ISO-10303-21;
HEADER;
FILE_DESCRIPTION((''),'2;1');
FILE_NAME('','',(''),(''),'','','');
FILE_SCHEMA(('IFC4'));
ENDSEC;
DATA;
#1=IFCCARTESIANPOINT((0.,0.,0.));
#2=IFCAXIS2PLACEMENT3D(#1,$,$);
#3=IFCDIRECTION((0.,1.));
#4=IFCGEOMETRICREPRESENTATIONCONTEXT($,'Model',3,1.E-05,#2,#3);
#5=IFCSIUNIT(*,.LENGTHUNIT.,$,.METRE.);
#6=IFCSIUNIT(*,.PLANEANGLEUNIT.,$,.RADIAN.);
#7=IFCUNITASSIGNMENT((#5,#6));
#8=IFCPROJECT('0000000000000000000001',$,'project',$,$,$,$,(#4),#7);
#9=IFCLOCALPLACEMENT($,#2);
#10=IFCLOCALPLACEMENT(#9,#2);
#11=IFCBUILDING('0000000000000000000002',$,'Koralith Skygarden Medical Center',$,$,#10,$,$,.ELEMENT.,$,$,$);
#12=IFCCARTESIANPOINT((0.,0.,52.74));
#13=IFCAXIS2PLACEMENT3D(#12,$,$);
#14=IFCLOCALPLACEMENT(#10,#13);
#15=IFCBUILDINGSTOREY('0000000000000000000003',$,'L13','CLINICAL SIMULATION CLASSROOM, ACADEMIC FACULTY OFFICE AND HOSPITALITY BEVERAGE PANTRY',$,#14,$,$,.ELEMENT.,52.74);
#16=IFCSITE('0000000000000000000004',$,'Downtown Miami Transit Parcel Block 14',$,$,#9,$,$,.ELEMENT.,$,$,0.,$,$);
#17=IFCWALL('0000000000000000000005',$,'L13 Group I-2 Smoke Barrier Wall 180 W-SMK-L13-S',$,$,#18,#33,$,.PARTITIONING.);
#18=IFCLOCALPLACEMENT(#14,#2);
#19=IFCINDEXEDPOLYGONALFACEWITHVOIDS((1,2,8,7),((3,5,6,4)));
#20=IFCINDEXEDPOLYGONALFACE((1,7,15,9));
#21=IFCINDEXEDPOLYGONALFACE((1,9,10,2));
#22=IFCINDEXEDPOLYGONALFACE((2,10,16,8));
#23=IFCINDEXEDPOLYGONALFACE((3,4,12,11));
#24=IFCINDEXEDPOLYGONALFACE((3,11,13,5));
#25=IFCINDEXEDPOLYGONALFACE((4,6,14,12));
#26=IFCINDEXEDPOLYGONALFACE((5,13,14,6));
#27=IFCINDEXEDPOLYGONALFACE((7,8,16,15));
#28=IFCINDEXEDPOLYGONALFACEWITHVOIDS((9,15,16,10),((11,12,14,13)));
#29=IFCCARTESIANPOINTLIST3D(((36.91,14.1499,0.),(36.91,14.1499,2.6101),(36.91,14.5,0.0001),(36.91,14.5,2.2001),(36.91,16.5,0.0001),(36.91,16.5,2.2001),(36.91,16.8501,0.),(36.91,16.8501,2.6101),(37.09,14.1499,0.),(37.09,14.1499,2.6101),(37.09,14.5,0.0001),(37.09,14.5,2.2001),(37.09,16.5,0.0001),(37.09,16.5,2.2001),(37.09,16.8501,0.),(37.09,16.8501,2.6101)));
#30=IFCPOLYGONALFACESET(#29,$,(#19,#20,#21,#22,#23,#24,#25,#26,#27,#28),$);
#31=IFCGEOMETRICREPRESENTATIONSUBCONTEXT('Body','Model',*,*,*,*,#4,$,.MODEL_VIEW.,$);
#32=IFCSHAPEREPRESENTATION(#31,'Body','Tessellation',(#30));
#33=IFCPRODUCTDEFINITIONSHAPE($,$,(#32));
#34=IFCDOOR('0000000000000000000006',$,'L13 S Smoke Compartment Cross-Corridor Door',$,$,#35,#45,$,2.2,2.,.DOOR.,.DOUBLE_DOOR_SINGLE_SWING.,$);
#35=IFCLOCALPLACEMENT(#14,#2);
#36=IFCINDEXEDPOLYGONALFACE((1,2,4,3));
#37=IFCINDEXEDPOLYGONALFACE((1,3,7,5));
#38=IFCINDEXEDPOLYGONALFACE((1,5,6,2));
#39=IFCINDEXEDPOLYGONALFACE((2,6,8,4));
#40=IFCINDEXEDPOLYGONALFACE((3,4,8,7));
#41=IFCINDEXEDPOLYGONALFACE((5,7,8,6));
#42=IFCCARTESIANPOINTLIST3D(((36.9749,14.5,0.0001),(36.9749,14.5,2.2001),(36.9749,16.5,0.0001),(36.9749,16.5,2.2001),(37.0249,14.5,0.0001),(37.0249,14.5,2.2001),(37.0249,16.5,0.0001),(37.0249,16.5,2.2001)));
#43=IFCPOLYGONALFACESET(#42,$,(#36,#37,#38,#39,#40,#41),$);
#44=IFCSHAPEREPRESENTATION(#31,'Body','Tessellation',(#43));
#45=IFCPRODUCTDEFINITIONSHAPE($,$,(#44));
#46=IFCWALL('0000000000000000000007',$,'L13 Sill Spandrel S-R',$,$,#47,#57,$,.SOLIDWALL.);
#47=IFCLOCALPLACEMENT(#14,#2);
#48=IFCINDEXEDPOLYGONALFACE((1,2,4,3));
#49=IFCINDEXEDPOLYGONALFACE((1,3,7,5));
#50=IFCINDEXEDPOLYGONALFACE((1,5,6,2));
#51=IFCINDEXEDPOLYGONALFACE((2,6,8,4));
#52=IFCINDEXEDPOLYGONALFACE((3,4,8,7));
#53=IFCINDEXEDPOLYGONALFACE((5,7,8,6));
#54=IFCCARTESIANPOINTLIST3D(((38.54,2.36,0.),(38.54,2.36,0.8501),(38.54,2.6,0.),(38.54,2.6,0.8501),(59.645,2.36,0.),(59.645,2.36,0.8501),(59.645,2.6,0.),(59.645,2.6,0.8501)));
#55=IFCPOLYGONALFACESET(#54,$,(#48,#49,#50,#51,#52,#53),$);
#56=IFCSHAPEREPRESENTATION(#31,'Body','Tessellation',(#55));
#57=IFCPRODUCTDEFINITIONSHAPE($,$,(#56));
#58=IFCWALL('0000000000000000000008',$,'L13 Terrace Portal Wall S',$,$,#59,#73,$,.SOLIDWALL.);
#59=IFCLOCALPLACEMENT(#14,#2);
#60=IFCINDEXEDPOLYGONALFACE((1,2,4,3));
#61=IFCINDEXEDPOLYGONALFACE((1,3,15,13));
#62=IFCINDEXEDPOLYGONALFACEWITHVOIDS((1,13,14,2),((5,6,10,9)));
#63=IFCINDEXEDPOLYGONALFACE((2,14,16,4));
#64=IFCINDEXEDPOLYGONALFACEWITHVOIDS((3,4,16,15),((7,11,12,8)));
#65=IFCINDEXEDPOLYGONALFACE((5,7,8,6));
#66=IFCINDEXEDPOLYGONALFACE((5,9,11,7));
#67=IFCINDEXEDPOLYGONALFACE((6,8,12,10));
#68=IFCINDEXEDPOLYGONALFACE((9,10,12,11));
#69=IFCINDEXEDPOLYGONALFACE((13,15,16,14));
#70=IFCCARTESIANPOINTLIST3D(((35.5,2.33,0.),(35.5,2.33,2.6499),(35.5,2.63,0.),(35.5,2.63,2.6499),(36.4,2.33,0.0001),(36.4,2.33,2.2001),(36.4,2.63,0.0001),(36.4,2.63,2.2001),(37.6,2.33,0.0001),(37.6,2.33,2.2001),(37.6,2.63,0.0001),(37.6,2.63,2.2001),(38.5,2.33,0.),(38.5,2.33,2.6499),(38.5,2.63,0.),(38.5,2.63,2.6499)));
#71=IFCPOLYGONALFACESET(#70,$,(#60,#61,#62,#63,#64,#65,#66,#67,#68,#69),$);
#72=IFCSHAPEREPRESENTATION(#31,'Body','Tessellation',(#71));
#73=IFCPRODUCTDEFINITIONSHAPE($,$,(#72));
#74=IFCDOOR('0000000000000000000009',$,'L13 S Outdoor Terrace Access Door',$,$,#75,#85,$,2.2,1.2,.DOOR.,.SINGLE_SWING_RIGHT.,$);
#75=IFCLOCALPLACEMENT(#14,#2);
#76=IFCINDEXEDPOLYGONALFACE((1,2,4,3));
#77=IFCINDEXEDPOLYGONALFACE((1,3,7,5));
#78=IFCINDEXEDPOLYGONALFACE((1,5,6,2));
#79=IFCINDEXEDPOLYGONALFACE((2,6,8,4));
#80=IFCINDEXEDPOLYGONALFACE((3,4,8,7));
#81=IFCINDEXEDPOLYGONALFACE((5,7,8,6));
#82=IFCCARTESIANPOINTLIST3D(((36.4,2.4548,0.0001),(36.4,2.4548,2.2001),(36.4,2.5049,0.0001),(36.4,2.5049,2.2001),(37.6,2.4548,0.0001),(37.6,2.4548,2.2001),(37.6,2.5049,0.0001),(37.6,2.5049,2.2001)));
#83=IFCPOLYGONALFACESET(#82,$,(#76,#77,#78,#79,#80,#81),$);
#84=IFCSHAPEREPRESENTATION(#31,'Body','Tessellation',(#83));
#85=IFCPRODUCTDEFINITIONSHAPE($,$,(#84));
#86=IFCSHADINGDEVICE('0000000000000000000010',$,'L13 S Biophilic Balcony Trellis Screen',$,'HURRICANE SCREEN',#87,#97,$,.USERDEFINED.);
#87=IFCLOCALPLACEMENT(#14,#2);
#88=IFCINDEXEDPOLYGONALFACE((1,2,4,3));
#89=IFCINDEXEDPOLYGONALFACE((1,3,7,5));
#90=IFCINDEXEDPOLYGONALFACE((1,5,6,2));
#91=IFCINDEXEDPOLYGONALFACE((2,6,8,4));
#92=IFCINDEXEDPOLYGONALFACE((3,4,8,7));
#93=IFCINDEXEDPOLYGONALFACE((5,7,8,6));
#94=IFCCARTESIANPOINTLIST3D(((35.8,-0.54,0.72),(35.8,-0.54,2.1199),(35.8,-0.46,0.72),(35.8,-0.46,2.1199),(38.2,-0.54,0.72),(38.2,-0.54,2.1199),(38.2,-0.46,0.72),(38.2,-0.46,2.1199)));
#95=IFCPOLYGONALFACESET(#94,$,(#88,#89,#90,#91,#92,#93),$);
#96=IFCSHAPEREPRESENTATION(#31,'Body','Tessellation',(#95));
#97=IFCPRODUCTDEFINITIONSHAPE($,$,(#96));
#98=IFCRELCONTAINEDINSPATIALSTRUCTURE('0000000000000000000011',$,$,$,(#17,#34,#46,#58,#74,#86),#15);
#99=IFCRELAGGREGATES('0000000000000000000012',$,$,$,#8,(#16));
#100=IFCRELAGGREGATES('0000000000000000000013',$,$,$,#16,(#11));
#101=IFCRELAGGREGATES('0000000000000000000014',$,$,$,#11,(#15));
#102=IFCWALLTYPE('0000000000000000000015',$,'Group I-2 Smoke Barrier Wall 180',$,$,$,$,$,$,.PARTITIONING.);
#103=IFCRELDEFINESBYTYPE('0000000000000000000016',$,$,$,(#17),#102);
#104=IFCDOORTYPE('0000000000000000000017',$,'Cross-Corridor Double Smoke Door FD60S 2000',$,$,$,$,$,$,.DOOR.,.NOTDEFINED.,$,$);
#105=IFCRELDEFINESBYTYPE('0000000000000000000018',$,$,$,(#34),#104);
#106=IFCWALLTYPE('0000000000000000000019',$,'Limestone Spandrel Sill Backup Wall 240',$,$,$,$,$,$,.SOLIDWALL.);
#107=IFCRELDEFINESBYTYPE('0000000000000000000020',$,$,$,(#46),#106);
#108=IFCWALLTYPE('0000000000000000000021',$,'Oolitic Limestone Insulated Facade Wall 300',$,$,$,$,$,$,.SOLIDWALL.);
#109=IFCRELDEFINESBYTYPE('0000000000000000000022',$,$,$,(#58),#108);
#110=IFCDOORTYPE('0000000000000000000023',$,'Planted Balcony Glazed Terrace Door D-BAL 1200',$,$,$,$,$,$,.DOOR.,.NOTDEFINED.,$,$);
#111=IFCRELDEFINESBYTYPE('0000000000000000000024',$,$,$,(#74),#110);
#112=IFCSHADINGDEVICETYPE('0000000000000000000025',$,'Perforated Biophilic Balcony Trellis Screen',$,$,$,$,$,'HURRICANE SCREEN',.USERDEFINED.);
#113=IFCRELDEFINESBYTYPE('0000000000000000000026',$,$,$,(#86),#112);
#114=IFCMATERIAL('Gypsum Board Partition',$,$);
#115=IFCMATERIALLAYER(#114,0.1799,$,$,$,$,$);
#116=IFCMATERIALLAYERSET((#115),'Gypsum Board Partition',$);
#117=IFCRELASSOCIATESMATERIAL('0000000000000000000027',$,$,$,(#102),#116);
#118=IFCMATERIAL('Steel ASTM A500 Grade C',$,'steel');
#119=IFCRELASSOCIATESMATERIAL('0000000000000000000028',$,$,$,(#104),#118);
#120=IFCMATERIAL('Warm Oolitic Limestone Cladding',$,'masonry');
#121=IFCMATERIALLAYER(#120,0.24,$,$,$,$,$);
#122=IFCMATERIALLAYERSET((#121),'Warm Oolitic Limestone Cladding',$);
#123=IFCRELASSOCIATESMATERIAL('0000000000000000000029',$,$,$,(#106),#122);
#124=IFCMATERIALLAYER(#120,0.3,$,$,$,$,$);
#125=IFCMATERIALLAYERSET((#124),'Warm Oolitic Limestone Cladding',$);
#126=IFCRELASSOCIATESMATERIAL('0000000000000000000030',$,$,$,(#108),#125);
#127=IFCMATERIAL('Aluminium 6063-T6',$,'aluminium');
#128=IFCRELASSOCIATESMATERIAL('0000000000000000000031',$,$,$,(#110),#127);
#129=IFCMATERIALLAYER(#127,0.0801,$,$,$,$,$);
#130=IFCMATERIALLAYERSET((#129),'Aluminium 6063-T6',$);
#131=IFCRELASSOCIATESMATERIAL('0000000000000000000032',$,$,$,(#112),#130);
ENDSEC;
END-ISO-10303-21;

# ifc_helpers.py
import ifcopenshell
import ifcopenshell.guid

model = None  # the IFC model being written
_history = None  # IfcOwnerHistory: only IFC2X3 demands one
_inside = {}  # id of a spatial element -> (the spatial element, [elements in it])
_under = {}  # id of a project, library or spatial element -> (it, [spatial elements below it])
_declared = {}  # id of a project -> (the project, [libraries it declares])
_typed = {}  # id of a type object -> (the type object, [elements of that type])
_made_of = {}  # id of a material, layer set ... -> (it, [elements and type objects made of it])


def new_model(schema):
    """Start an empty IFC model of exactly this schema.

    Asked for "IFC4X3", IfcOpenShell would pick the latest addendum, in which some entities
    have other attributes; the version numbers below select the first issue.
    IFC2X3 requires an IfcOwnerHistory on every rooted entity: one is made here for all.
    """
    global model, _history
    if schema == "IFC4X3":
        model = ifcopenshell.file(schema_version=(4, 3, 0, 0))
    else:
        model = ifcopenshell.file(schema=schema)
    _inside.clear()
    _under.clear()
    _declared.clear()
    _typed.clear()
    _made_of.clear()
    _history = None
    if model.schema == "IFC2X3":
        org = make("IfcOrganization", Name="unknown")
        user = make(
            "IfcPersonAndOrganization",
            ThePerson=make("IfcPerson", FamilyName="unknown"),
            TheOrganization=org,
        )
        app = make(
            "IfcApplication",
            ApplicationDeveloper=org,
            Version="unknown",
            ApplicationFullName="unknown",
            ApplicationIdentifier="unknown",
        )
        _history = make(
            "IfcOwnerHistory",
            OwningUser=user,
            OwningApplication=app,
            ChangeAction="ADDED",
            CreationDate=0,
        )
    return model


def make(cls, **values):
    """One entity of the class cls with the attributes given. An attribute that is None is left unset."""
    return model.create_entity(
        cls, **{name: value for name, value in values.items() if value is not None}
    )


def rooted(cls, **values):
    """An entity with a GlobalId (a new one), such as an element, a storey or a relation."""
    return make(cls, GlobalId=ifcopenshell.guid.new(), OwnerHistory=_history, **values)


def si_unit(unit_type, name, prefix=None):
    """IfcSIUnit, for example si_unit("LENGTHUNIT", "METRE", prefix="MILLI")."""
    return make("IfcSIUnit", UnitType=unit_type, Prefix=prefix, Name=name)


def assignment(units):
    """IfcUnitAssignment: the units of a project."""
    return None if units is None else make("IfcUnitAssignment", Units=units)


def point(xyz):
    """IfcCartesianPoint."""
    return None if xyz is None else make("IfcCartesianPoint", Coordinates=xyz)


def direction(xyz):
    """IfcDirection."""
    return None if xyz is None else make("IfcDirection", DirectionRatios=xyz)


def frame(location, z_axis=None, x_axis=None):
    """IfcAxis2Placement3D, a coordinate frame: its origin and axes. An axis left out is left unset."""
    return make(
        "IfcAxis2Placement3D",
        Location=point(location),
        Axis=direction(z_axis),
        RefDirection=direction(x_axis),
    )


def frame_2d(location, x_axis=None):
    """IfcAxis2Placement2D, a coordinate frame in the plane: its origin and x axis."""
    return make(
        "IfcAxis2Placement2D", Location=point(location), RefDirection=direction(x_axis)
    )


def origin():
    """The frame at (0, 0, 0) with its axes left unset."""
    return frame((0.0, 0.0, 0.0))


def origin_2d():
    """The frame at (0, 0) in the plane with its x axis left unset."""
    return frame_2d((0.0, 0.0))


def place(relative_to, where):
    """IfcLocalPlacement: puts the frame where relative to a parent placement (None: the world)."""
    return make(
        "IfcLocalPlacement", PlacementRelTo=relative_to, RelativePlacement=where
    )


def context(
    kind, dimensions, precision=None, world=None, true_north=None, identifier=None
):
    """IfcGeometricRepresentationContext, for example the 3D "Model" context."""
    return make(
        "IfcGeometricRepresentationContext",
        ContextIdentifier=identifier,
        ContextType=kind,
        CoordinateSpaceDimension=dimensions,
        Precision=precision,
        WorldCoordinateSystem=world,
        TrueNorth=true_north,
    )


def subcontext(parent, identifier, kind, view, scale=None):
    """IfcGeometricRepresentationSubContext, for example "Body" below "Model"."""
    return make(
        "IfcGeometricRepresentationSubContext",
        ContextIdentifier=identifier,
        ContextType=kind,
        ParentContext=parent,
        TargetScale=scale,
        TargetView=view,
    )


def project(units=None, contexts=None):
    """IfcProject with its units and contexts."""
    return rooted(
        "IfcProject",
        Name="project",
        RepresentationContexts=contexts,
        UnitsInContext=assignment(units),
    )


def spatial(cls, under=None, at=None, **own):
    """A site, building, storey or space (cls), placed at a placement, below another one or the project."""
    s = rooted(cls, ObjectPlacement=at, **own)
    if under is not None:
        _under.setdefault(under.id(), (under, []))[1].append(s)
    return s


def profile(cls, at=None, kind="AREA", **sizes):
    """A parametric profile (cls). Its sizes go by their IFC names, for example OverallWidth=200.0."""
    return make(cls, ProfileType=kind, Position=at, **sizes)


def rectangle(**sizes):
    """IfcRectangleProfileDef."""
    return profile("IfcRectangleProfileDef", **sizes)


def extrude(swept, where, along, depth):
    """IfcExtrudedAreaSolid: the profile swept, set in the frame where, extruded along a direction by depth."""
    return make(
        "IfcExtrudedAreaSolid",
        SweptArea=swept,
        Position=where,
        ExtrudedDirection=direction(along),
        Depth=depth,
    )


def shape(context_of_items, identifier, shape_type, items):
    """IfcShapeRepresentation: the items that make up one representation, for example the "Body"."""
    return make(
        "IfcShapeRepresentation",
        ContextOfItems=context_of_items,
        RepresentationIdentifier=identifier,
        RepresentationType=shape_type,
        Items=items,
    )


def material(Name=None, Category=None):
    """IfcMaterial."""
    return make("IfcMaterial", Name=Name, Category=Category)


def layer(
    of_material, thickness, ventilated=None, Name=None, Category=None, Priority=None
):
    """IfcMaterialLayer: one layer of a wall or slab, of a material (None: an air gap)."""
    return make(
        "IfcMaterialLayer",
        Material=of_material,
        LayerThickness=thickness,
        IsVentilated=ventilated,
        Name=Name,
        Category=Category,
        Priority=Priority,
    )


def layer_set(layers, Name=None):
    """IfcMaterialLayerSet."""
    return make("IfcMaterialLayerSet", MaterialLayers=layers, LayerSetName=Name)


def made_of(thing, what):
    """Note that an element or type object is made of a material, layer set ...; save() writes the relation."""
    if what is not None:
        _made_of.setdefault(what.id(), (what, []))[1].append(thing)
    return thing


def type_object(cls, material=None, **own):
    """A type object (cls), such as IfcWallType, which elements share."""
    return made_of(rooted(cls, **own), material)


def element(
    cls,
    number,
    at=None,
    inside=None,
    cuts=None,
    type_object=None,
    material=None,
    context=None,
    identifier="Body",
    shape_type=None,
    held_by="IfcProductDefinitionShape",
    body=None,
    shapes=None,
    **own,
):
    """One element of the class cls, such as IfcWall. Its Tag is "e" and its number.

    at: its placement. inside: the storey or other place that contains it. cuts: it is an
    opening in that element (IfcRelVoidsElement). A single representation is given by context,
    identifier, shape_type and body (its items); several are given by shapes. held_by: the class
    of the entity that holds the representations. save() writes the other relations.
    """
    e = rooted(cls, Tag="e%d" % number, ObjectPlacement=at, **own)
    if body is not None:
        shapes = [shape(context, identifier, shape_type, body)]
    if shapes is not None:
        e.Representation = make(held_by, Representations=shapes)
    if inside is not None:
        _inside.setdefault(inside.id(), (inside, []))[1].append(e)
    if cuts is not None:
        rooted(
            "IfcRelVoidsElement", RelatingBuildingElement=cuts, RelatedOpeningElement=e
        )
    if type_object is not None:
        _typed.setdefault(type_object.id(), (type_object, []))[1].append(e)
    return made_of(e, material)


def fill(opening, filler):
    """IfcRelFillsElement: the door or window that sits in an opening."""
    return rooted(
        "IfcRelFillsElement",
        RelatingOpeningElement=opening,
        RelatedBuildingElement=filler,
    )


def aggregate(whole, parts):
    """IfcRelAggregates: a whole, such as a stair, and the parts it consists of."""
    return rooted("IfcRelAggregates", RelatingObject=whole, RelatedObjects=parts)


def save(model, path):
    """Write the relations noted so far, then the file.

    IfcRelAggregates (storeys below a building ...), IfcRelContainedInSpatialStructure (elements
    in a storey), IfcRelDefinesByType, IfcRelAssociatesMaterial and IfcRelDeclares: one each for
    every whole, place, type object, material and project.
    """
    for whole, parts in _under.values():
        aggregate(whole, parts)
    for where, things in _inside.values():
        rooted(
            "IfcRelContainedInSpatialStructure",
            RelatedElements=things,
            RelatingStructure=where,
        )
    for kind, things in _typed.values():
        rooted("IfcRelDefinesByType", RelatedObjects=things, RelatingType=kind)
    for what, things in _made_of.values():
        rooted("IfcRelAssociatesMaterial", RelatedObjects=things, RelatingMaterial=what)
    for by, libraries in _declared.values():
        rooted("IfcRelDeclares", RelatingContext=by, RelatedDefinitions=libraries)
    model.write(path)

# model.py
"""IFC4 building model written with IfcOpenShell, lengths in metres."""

from ifc_helpers import new_model, si_unit, direction, frame, frame_2d, origin, origin_2d, place, context, subcontext, project, spatial, rectangle, extrude, material, layer, layer_set, type_object, element, fill, save


model = new_model("IFC4")

# Units and contexts
model_context = context("Model", 3, precision=1e-05, world=origin(), true_north=direction((0.0, 1.0)))
body_context = subcontext(model_context, "Body", "Model", "MODEL_VIEW")
ifc_project = project(units=[si_unit("LENGTHUNIT", "METRE"), si_unit("PLANEANGLEUNIT", "RADIAN")], contexts=[model_context])

# Site, building, storey
site_placement = place(None, origin())
site = spatial("IfcSite", under=ifc_project, at=site_placement, Name="Downtown Miami Transit Parcel Block 14", CompositionType="ELEMENT", RefElevation=0.0)
building_placement = place(site_placement, origin())
building = spatial("IfcBuilding", under=site, at=building_placement, Name="Koralith Skygarden Medical Center", CompositionType="ELEMENT")
storey_placement = place(building_placement, frame((0.0, 0.0, 52.74)))
storey = spatial("IfcBuildingStorey", under=building, at=storey_placement, Name="L13", Description="CLINICAL SIMULATION CLASSROOM, ACADEMIC FACULTY OFFICE AND HOSPITALITY BEVERAGE PANTRY", CompositionType="ELEMENT", Elevation=52.74)

# Shared definitions
ifc_material_1 = material(Name="Aluminium 6063-T6", Category="aluminium")

# Shared definitions
ifc_material_2 = material(Name="Gypsum Board Partition")

# Wall, opening, door
ifc_layer_1 = layer(ifc_material_2, 0.1799)
ifc_layer_set_1 = layer_set([ifc_layer_1], Name="Gypsum Board Partition")
wall_type_1 = type_object("IfcWallType", Name="Group I-2 Smoke Barrier Wall 180", PredefinedType="PARTITIONING", material=ifc_layer_set_1)
wall_1_placement = place(storey_placement, frame((37.0, 14.1499, 0.0), z_axis=(0.0, 0.0, 1.0), x_axis=(0.0, 1.0, 0.0)))
wall_1 = element("IfcWall", 1, at=wall_1_placement, inside=storey, type_object=wall_type_1, Name="L13 Group I-2 Smoke Barrier Wall 180 W-SMK-L13-S", PredefinedType="PARTITIONING", context=body_context, shape_type="SweptSolid", body=[
    extrude(rectangle(XDim=2.7002, YDim=0.1799, at=frame_2d((1.3501, 0.0))), origin(), (0.0, 0.0, 1.0), 2.6101),
])
opening_1_placement = place(wall_1_placement, frame((0.3501, 0.0, 0.0)))
opening_1 = element("IfcOpeningElement", 2, at=opening_1_placement, cuts=wall_1, PredefinedType="OPENING", context=body_context, shape_type="SweptSolid", body=[
    extrude(rectangle(XDim=2.0, YDim=2.2, at=frame_2d((1.0, 1.1001))), frame((0.0, 0.0999, 0.0), z_axis=(0.0, -1.0, 0.0), x_axis=(1.0, 0.0, 0.0)), (0.0, 0.0, 1.0), 0.2),
])
ifc_material_3 = material(Name="Steel ASTM A500 Grade C", Category="steel")
door_type_1 = type_object("IfcDoorType", Name="Cross-Corridor Double Smoke Door FD60S 2000", OperationType="NOTDEFINED", PredefinedType="DOOR", material=ifc_material_3)
door_1_placement = place(opening_1_placement, frame((2.0, 0.0, 0.0), z_axis=(0.0, 0.0, 1.0), x_axis=(-1.0, 0.0, 0.0)))
door_1 = element("IfcDoor", 3, at=door_1_placement, inside=storey, type_object=door_type_1, Name="L13 S Smoke Compartment Cross-Corridor Door", OperationType="DOUBLE_DOOR_SINGLE_SWING", OverallHeight=2.2, OverallWidth=2.0, PredefinedType="DOOR", context=body_context, shape_type="SweptSolid", body=[
    extrude(rectangle(XDim=2.0, YDim=2.2, at=frame_2d((1.0, 1.1001))), frame((0.0, 0.0249, 0.0), z_axis=(0.0, -1.0, 0.0), x_axis=(1.0, 0.0, 0.0)), (0.0, 0.0, 1.0), 0.05),
])
fill(opening_1, door_1)

# Wall
ifc_material_4 = material(Name="Warm Oolitic Limestone Cladding", Category="masonry")
ifc_layer_2 = layer(ifc_material_4, 0.24)
ifc_layer_set_2 = layer_set([ifc_layer_2], Name="Warm Oolitic Limestone Cladding")
wall_type_2 = type_object("IfcWallType", Name="Limestone Spandrel Sill Backup Wall 240", PredefinedType="SOLIDWALL", material=ifc_layer_set_2)
wall_2_placement = place(storey_placement, frame((38.54, 2.48, 0.0), z_axis=(0.0, 0.0, 1.0), x_axis=(1.0, 0.0, 0.0)))
element("IfcWall", 4, at=wall_2_placement, inside=storey, type_object=wall_type_2, Name="L13 Sill Spandrel S-R", PredefinedType="SOLIDWALL", context=body_context, shape_type="SweptSolid", body=[
    extrude(rectangle(XDim=21.105, YDim=0.24, at=frame_2d((10.5525, 0.0))), origin(), (0.0, 0.0, 1.0), 0.8501),
])

# Wall, opening, door
ifc_layer_3 = layer(ifc_material_4, 0.3)
ifc_layer_set_3 = layer_set([ifc_layer_3], Name="Warm Oolitic Limestone Cladding")
wall_type_3 = type_object("IfcWallType", Name="Oolitic Limestone Insulated Facade Wall 300", PredefinedType="SOLIDWALL", material=ifc_layer_set_3)
wall_3_placement = place(storey_placement, frame((35.5, 2.48, 0.0), z_axis=(0.0, 0.0, 1.0), x_axis=(1.0, 0.0, 0.0)))
wall_3 = element("IfcWall", 5, at=wall_3_placement, inside=storey, type_object=wall_type_3, Name="L13 Terrace Portal Wall S", PredefinedType="SOLIDWALL", context=body_context, shape_type="SweptSolid", body=[
    extrude(rectangle(XDim=3.0, YDim=0.3, at=frame_2d((1.5, 0.0))), origin(), (0.0, 0.0, 1.0), 2.6499),
])
opening_2_placement = place(wall_3_placement, frame((0.8999, 0.0, 0.0)))
opening_2 = element("IfcOpeningElement", 6, at=opening_2_placement, cuts=wall_3, PredefinedType="OPENING", context=body_context, shape_type="SweptSolid", body=[
    extrude(rectangle(XDim=1.2, YDim=2.2, at=frame_2d((0.6001, 1.1001))), frame((0.0, 0.1599, 0.0), z_axis=(0.0, -1.0, 0.0), x_axis=(1.0, 0.0, 0.0)), (0.0, 0.0, 1.0), 0.3201),
])
door_type_2 = type_object("IfcDoorType", Name="Planted Balcony Glazed Terrace Door D-BAL 1200", OperationType="NOTDEFINED", PredefinedType="DOOR", material=ifc_material_1)
door_2_placement = place(opening_2_placement, origin())
door_2 = element("IfcDoor", 7, at=door_2_placement, inside=storey, type_object=door_type_2, Name="L13 S Outdoor Terrace Access Door", OperationType="SINGLE_SWING_RIGHT", OverallHeight=2.2, OverallWidth=1.2, PredefinedType="DOOR", context=body_context, shape_type="SweptSolid", body=[
    extrude(rectangle(XDim=1.2, YDim=2.2, at=frame_2d((0.6001, 1.1001))), frame((0.0, 0.0249, 0.0), z_axis=(0.0, -1.0, 0.0), x_axis=(1.0, 0.0, 0.0)), (0.0, 0.0, 1.0), 0.05),
])
fill(opening_2, door_2)

# Shading device
ifc_layer_4 = layer(ifc_material_1, 0.0801)
ifc_layer_set_4 = layer_set([ifc_layer_4], Name="Aluminium 6063-T6")
shading_device_type = type_object("IfcShadingDeviceType", Name="Perforated Biophilic Balcony Trellis Screen", ElementType="HURRICANE SCREEN", PredefinedType="USERDEFINED", material=ifc_layer_set_4)
shading_device_placement = place(storey_placement, frame((37.0, -0.5, 0.72), z_axis=(0.0, 0.0, 1.0), x_axis=(1.0, 0.0, 0.0)))
element("IfcShadingDevice", 8, at=shading_device_placement, inside=storey, type_object=shading_device_type, Name="L13 S Biophilic Balcony Trellis Screen", ObjectType="HURRICANE SCREEN", PredefinedType="USERDEFINED", context=body_context, shape_type="SweptSolid", body=[
    extrude(rectangle(XDim=2.3999, YDim=0.0801, at=origin_2d()), origin(), (0.0, 0.0, 1.0), 1.3999),
])

save(model, "model.ifc")
